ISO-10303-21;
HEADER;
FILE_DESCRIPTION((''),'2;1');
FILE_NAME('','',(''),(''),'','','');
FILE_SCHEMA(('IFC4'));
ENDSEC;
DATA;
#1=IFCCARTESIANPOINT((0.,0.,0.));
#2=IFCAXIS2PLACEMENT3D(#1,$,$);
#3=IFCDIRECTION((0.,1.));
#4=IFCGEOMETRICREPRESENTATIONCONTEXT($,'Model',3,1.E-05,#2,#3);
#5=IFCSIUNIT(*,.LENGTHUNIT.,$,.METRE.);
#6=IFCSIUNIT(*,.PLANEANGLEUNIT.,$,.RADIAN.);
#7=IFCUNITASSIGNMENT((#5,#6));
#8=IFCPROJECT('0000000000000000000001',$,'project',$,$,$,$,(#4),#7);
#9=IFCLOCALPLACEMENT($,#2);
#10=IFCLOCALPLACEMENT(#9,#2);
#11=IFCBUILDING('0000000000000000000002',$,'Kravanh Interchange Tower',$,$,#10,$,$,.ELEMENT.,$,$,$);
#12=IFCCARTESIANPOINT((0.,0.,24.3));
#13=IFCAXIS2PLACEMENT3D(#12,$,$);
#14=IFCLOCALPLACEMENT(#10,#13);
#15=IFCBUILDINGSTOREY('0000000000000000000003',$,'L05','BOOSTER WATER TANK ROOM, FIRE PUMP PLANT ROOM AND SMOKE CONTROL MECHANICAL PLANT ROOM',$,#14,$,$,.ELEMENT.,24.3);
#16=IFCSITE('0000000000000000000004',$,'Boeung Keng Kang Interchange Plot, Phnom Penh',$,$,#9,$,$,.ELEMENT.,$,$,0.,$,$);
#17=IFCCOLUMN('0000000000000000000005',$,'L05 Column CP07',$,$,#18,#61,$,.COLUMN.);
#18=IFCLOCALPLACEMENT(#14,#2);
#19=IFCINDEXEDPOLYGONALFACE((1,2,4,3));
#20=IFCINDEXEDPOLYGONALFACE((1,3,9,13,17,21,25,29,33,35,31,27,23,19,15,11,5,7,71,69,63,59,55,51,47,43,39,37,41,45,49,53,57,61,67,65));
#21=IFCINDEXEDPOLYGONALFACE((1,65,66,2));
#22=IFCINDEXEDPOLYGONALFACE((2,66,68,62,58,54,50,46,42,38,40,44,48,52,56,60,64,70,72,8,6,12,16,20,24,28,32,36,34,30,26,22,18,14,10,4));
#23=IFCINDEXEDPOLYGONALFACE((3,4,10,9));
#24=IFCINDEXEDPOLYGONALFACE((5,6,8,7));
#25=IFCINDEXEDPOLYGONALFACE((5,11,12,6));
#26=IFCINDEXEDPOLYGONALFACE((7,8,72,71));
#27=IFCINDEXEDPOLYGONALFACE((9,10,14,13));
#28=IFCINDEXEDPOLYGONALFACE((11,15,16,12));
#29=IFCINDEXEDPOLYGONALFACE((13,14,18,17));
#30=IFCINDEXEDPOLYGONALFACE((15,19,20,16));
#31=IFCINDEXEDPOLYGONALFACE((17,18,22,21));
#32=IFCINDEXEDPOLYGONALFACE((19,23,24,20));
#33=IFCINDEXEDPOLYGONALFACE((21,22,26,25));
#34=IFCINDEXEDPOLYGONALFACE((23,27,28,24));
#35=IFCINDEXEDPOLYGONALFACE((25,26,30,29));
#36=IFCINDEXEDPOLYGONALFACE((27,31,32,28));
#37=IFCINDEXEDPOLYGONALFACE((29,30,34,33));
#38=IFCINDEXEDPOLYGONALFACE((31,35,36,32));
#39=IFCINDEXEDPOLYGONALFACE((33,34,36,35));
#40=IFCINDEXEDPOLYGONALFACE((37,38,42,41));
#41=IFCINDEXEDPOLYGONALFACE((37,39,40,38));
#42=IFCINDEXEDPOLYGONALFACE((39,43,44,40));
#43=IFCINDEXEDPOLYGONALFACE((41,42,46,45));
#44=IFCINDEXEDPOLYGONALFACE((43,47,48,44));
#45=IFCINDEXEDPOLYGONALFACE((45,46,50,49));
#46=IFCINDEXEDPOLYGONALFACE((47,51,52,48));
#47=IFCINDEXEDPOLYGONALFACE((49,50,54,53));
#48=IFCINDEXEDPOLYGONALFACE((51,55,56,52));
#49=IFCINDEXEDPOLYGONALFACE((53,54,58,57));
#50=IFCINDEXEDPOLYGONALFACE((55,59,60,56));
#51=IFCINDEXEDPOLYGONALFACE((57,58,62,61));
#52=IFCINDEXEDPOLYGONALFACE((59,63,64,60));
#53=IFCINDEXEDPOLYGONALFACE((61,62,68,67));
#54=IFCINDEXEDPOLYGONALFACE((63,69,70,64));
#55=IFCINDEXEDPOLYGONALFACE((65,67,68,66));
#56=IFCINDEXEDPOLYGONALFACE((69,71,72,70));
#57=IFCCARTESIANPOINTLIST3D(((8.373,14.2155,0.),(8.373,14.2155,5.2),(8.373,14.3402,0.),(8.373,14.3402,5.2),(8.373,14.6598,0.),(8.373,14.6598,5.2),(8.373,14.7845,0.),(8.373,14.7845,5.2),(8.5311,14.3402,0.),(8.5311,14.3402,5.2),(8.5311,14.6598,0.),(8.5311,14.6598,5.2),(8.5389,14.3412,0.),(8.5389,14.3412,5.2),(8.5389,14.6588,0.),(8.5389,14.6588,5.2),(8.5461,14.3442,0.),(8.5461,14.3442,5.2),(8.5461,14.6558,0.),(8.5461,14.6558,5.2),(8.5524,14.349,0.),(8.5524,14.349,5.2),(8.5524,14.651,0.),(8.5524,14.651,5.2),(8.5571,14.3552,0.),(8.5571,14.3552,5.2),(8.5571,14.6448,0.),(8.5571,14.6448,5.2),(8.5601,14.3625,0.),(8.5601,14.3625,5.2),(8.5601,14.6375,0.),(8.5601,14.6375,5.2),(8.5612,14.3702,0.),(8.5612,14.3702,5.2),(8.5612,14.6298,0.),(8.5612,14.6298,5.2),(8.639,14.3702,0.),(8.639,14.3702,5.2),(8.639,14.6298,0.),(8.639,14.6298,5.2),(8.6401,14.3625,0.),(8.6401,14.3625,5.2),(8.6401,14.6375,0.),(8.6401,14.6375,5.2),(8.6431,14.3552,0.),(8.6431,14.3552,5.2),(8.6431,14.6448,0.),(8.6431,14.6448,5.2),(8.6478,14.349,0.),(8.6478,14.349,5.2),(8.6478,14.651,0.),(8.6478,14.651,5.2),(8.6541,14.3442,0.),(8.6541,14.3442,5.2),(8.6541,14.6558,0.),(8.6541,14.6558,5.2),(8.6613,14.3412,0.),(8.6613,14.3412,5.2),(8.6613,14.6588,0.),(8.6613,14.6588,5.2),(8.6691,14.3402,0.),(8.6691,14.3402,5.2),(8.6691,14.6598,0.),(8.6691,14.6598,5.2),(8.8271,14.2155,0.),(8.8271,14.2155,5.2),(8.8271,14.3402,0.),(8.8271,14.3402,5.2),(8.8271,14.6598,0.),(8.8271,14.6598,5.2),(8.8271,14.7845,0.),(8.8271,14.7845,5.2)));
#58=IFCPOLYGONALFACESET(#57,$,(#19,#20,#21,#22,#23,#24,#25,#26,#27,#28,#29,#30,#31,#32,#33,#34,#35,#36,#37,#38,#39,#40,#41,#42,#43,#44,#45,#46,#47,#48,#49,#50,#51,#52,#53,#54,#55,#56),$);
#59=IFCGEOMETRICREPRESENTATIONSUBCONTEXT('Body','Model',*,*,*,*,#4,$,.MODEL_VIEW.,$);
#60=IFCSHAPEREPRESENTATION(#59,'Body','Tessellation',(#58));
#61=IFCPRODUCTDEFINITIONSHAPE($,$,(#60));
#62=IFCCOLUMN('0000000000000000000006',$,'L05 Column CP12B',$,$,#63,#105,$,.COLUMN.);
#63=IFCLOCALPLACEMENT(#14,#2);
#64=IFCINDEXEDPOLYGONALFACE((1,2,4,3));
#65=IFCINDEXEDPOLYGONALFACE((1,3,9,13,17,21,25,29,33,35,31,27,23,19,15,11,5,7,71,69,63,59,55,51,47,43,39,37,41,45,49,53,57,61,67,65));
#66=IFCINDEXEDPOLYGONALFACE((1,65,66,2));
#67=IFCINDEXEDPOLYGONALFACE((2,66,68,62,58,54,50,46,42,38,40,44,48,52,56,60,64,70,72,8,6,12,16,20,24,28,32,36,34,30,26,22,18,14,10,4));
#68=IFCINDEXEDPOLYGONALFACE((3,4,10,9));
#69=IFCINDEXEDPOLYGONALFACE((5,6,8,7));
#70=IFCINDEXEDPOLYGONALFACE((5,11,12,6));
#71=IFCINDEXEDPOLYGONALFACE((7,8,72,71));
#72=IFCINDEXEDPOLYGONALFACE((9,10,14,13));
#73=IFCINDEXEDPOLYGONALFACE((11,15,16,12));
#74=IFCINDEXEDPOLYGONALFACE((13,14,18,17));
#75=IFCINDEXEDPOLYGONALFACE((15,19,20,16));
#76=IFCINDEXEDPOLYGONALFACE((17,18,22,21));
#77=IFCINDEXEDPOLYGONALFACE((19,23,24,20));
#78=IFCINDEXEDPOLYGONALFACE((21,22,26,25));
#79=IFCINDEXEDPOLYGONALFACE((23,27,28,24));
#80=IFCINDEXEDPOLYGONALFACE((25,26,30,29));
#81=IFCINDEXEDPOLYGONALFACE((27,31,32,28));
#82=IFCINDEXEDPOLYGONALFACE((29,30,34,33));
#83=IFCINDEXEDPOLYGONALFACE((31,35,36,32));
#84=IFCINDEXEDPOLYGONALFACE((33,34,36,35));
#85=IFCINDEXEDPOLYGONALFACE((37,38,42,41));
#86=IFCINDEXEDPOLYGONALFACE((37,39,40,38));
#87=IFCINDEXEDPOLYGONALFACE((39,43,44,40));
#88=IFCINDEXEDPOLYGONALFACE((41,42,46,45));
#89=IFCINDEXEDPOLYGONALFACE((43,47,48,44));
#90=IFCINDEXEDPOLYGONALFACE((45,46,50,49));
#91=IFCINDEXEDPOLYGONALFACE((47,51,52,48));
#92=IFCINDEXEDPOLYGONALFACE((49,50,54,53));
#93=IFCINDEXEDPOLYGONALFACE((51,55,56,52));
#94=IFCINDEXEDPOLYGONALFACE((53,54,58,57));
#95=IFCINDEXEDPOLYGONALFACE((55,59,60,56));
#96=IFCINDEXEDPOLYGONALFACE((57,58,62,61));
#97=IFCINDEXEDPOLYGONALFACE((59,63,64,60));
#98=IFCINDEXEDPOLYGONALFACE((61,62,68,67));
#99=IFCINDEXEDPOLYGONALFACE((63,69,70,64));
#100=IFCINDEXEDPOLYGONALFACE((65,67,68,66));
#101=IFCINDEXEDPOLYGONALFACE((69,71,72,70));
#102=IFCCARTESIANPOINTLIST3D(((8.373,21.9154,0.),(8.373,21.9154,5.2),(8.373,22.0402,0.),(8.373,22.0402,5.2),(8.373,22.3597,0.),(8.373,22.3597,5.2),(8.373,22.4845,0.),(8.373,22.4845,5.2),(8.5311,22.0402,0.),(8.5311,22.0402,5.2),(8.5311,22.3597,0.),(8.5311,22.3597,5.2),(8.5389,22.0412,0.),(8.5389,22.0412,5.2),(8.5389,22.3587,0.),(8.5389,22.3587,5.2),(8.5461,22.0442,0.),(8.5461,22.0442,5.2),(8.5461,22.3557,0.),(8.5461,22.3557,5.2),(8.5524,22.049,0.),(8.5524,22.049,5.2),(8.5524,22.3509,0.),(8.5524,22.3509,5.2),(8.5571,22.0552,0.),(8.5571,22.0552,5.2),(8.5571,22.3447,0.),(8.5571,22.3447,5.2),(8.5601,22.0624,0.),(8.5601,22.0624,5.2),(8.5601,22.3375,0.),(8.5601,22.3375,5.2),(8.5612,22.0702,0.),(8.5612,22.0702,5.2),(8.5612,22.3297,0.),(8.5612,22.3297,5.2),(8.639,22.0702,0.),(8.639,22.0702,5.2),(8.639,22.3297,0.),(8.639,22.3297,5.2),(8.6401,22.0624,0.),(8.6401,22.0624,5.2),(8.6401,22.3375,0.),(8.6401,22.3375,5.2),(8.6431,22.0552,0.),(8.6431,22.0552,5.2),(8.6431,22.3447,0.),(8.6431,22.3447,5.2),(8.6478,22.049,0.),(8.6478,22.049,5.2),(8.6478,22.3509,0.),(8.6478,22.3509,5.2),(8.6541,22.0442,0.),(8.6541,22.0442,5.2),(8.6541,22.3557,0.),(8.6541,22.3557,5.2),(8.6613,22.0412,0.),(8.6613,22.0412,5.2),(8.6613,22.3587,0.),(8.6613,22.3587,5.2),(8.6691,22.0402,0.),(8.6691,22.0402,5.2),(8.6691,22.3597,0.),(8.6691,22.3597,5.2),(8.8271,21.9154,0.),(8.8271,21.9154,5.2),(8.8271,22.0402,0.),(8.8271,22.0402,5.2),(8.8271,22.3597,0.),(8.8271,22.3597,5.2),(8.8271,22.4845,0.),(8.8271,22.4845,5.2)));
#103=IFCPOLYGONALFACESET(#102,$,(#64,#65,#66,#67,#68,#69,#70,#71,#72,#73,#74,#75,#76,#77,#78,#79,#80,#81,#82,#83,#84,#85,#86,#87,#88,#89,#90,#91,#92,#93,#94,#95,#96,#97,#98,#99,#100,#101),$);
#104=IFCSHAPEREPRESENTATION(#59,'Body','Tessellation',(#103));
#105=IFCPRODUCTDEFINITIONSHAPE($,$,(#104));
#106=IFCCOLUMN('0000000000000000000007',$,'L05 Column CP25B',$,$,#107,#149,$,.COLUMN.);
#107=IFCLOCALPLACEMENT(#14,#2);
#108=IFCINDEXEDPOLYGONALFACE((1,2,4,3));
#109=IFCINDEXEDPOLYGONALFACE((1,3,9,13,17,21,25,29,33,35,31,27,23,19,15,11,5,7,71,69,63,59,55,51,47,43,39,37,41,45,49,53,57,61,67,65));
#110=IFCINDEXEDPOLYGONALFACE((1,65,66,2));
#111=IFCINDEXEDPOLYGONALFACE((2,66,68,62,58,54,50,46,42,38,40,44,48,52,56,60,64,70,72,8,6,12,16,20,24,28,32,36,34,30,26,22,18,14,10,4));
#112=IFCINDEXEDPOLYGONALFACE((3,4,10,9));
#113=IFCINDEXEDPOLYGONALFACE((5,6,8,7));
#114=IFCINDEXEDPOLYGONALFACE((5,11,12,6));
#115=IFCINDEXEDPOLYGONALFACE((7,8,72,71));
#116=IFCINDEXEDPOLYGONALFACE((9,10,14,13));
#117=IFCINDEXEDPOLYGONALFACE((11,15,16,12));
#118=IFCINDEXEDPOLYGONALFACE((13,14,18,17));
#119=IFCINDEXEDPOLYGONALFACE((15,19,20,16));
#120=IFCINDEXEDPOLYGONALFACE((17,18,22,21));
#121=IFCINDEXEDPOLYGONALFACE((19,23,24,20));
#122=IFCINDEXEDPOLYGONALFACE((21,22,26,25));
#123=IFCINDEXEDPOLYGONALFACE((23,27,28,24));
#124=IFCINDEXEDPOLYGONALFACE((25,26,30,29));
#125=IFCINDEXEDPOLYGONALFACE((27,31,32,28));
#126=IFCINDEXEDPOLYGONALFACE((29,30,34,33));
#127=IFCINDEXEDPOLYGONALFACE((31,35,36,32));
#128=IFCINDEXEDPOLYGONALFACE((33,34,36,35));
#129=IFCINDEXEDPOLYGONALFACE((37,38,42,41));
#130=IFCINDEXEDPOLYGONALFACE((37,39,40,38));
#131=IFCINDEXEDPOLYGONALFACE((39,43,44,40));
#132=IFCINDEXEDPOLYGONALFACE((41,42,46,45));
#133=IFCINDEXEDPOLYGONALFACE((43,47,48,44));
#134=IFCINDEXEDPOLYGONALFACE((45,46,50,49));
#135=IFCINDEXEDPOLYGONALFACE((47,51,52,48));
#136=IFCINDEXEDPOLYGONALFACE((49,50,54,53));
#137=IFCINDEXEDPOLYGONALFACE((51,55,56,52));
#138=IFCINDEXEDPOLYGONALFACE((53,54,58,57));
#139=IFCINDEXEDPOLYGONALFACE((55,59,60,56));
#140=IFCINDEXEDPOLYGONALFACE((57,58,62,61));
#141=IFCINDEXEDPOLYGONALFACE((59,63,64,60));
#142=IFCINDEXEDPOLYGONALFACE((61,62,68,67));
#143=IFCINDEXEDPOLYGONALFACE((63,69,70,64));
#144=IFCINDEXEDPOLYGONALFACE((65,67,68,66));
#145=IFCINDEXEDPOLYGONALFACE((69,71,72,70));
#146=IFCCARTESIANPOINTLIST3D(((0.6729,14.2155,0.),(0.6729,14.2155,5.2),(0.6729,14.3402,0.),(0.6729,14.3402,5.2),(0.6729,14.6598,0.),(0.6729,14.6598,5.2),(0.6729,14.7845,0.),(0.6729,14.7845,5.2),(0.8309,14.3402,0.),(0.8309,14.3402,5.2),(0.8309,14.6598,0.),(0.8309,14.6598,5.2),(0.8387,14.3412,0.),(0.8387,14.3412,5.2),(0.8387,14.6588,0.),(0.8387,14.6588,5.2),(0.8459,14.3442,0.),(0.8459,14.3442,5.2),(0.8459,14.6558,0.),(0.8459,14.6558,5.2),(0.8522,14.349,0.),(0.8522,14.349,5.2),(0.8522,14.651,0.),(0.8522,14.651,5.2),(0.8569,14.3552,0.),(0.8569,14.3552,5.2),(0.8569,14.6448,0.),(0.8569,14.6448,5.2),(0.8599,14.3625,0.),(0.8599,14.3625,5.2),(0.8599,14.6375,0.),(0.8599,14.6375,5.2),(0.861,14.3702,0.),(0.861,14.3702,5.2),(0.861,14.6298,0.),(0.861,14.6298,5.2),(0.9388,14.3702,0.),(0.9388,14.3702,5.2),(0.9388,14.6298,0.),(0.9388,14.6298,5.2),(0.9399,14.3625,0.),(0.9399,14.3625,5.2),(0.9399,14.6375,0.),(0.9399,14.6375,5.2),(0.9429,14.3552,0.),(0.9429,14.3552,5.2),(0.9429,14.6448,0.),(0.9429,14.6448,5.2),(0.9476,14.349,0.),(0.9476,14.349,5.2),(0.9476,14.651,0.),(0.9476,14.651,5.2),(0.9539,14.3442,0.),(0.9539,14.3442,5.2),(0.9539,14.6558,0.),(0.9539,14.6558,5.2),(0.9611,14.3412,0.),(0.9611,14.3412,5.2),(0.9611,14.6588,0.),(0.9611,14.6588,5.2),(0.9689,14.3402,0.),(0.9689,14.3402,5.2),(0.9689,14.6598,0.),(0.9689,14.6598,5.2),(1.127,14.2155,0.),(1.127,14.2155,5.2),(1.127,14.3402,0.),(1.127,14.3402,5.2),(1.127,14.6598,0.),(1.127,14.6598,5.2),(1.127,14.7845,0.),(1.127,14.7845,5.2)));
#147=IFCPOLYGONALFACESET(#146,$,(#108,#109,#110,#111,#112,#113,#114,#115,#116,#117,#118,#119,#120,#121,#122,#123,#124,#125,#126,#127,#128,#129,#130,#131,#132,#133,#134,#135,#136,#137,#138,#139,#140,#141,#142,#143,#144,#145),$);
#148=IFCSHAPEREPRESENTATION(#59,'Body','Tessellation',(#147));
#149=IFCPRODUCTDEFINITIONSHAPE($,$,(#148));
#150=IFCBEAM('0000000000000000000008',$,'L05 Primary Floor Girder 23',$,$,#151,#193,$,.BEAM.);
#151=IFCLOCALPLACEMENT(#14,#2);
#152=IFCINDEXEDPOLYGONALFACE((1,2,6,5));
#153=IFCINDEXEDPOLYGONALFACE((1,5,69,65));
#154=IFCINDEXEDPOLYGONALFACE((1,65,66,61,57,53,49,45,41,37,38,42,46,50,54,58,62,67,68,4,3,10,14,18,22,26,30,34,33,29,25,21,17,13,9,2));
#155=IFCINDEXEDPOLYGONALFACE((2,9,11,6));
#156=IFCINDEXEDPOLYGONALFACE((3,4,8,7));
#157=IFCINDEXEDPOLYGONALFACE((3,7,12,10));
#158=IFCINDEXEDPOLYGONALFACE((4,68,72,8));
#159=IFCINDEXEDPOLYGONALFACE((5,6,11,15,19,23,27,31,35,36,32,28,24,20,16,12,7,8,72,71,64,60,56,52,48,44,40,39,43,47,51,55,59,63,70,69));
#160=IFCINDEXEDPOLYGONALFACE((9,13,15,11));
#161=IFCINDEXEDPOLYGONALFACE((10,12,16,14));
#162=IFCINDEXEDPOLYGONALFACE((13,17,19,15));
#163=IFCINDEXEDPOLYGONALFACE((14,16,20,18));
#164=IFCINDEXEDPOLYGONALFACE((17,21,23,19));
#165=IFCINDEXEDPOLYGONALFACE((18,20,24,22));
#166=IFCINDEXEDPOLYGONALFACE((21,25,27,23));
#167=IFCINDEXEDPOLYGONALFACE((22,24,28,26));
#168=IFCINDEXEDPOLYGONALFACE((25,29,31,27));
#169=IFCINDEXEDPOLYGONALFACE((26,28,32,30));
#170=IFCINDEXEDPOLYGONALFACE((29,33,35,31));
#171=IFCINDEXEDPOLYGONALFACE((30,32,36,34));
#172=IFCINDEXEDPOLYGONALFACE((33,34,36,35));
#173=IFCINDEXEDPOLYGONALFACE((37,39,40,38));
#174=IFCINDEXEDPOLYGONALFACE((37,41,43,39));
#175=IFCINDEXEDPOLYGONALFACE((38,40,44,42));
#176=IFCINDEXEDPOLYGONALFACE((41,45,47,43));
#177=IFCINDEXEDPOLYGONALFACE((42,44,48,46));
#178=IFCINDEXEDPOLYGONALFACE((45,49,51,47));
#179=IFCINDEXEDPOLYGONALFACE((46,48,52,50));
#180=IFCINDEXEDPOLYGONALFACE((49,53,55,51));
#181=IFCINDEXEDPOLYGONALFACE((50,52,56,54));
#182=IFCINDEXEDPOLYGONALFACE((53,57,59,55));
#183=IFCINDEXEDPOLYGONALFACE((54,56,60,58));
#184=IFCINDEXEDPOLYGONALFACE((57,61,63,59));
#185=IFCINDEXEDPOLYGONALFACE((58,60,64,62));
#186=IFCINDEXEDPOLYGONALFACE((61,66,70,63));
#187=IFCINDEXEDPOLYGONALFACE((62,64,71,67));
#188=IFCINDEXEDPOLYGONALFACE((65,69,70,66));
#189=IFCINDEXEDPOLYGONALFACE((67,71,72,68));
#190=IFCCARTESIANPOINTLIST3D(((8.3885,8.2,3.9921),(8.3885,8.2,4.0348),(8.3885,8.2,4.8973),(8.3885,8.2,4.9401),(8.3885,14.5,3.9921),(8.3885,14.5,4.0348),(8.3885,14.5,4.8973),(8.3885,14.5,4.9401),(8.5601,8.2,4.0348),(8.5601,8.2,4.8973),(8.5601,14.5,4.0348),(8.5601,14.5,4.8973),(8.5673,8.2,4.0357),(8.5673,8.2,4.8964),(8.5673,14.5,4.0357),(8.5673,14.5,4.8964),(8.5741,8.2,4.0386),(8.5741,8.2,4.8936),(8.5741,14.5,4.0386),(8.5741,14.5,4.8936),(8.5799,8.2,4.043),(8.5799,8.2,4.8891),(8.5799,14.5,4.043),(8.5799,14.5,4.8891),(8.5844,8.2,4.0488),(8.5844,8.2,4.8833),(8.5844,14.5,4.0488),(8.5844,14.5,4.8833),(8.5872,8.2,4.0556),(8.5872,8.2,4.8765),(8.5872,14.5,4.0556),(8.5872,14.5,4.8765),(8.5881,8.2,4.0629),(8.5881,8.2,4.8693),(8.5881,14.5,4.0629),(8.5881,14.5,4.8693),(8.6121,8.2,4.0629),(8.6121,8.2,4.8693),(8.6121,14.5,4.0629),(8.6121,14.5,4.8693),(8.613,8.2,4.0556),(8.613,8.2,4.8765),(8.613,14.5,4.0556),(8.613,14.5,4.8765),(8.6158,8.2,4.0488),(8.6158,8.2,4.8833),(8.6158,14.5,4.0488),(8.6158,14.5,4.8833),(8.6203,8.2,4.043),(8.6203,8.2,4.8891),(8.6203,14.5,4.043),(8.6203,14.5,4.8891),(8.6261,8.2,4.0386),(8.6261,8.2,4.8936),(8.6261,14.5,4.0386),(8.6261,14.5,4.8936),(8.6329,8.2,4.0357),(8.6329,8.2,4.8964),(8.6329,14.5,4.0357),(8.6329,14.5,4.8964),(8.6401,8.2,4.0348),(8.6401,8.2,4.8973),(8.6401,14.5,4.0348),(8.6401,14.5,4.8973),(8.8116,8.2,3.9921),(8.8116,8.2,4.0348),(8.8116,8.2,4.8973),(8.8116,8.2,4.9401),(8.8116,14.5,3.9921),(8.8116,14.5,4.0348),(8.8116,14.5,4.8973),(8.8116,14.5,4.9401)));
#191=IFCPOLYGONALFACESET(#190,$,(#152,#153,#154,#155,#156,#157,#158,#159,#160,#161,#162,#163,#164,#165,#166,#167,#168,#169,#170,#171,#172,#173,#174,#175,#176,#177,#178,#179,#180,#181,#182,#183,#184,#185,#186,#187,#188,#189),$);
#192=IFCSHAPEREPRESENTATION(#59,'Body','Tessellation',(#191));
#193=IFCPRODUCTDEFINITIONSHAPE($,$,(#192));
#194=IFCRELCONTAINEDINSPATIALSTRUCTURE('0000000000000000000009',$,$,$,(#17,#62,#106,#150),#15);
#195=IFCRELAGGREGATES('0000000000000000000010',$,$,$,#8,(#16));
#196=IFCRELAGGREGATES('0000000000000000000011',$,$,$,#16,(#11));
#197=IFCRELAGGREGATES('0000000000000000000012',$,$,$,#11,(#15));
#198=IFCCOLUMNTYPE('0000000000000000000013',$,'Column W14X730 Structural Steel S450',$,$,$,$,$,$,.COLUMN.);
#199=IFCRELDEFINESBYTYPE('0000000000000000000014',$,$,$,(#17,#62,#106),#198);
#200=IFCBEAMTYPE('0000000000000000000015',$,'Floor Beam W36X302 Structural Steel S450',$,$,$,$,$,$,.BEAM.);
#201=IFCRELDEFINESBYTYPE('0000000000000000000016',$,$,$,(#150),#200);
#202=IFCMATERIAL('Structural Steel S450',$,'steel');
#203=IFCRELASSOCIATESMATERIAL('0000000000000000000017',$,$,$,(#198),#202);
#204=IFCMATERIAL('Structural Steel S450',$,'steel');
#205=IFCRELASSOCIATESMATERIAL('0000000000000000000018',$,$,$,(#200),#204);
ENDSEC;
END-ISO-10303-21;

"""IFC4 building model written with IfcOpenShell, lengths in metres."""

from ifc_helpers import new_model, si_unit, direction, frame, origin, origin_2d, place, context, subcontext, project, spatial, i_section, extrude, material, material_profile, profile_set, type_object, element, save


model = new_model("IFC4")

# Units and contexts
model_context = context("Model", 3, precision=1e-05, world=origin(), true_north=direction((0.0, 1.0)))
body_context = subcontext(model_context, "Body", "Model", "MODEL_VIEW")
ifc_project = project(units=[si_unit("LENGTHUNIT", "METRE"), si_unit("PLANEANGLEUNIT", "RADIAN")], contexts=[model_context])

# Site, building, storey
site_placement = place(None, origin())
site = spatial("IfcSite", under=ifc_project, at=site_placement, Name="Boeung Keng Kang Interchange Plot, Phnom Penh", CompositionType="ELEMENT", RefElevation=0.0)
building_placement = place(site_placement, origin())
building = spatial("IfcBuilding", under=site, at=building_placement, Name="Kravanh Interchange Tower", CompositionType="ELEMENT")
storey_placement = place(building_placement, frame((0.0, 0.0, 24.3)))
storey = spatial("IfcBuildingStorey", under=building, at=storey_placement, Name="L05", Description="BOOSTER WATER TANK ROOM, FIRE PUMP PLANT ROOM AND SMOKE CONTROL MECHANICAL PLANT ROOM", CompositionType="ELEMENT", Elevation=24.3)

# Columns
ifc_material_1 = material(Name="Structural Steel S450", Category="steel")
ifc_material_profile_1 = material_profile(ifc_material_1, i_section(OverallWidth=0.4541, OverallDepth=0.5691, WebThickness=0.0779, FlangeThickness=0.1248, FilletRadius=0.03, at=origin_2d()), Name="W14X730")
ifc_profile_set_1 = profile_set([ifc_material_profile_1], Name="Structural Steel S450")
column_type = type_object("IfcColumnType", Name="Column W14X730 Structural Steel S450", PredefinedType="COLUMN", material=ifc_profile_set_1)
for number, where, z_axis, x_axis, name in (
    (1, (8.6001, 14.5, 0.0), (0.0, 0.0, 1.0), (1.0, 0.0, 0.0), "L05 Column CP07"),
    (2, (8.6001, 22.2, 0.0), (0.0, 0.0, 1.0), (1.0, 0.0, 0.0), "L05 Column CP12B"),
    (3, (0.8999, 14.5, 0.0), (0.0, 0.0, 1.0), (1.0, 0.0, 0.0), "L05 Column CP25B"),
):
    element("IfcColumn", number, at=place(storey_placement, frame(where, z_axis=z_axis, x_axis=x_axis)), inside=storey, type_object=column_type, Name=name, PredefinedType="COLUMN", context=body_context, shape_type="SweptSolid", body=[
        extrude(i_section(OverallWidth=0.4541, OverallDepth=0.5691, WebThickness=0.0779, FlangeThickness=0.1248, FilletRadius=0.03, at=origin_2d()), origin(), (0.0, 0.0, 1.0), 5.2),
    ])

# Beam
ifc_material_2 = material(Name="Structural Steel S450", Category="steel")
ifc_material_profile_2 = material_profile(ifc_material_2, i_section(OverallWidth=0.4231, OverallDepth=0.948, WebThickness=0.0239, FlangeThickness=0.0427, FilletRadius=0.0281, at=origin_2d()), Name="W36X302")
ifc_profile_set_2 = profile_set([ifc_material_profile_2], Name="Structural Steel S450")
beam_type_1 = type_object("IfcBeamType", Name="Floor Beam W36X302 Structural Steel S450", PredefinedType="BEAM", material=ifc_profile_set_2)
beam_1_placement = place(storey_placement, frame((8.6001, 8.2, 4.4661), z_axis=(0.0, 1.0, 0.0), x_axis=(-1.0, 0.0, 0.0)))
element("IfcBeam", 4, at=beam_1_placement, inside=storey, type_object=beam_type_1, Name="L05 Primary Floor Girder 23", PredefinedType="BEAM", context=body_context, shape_type="SweptSolid", body=[
    extrude(i_section(OverallWidth=0.4231, OverallDepth=0.948, WebThickness=0.0239, FlangeThickness=0.0427, FilletRadius=0.0281, at=origin_2d()), origin(), (0.0, 0.0, 1.0), 6.3),
])

save(model, "model.ifc")
